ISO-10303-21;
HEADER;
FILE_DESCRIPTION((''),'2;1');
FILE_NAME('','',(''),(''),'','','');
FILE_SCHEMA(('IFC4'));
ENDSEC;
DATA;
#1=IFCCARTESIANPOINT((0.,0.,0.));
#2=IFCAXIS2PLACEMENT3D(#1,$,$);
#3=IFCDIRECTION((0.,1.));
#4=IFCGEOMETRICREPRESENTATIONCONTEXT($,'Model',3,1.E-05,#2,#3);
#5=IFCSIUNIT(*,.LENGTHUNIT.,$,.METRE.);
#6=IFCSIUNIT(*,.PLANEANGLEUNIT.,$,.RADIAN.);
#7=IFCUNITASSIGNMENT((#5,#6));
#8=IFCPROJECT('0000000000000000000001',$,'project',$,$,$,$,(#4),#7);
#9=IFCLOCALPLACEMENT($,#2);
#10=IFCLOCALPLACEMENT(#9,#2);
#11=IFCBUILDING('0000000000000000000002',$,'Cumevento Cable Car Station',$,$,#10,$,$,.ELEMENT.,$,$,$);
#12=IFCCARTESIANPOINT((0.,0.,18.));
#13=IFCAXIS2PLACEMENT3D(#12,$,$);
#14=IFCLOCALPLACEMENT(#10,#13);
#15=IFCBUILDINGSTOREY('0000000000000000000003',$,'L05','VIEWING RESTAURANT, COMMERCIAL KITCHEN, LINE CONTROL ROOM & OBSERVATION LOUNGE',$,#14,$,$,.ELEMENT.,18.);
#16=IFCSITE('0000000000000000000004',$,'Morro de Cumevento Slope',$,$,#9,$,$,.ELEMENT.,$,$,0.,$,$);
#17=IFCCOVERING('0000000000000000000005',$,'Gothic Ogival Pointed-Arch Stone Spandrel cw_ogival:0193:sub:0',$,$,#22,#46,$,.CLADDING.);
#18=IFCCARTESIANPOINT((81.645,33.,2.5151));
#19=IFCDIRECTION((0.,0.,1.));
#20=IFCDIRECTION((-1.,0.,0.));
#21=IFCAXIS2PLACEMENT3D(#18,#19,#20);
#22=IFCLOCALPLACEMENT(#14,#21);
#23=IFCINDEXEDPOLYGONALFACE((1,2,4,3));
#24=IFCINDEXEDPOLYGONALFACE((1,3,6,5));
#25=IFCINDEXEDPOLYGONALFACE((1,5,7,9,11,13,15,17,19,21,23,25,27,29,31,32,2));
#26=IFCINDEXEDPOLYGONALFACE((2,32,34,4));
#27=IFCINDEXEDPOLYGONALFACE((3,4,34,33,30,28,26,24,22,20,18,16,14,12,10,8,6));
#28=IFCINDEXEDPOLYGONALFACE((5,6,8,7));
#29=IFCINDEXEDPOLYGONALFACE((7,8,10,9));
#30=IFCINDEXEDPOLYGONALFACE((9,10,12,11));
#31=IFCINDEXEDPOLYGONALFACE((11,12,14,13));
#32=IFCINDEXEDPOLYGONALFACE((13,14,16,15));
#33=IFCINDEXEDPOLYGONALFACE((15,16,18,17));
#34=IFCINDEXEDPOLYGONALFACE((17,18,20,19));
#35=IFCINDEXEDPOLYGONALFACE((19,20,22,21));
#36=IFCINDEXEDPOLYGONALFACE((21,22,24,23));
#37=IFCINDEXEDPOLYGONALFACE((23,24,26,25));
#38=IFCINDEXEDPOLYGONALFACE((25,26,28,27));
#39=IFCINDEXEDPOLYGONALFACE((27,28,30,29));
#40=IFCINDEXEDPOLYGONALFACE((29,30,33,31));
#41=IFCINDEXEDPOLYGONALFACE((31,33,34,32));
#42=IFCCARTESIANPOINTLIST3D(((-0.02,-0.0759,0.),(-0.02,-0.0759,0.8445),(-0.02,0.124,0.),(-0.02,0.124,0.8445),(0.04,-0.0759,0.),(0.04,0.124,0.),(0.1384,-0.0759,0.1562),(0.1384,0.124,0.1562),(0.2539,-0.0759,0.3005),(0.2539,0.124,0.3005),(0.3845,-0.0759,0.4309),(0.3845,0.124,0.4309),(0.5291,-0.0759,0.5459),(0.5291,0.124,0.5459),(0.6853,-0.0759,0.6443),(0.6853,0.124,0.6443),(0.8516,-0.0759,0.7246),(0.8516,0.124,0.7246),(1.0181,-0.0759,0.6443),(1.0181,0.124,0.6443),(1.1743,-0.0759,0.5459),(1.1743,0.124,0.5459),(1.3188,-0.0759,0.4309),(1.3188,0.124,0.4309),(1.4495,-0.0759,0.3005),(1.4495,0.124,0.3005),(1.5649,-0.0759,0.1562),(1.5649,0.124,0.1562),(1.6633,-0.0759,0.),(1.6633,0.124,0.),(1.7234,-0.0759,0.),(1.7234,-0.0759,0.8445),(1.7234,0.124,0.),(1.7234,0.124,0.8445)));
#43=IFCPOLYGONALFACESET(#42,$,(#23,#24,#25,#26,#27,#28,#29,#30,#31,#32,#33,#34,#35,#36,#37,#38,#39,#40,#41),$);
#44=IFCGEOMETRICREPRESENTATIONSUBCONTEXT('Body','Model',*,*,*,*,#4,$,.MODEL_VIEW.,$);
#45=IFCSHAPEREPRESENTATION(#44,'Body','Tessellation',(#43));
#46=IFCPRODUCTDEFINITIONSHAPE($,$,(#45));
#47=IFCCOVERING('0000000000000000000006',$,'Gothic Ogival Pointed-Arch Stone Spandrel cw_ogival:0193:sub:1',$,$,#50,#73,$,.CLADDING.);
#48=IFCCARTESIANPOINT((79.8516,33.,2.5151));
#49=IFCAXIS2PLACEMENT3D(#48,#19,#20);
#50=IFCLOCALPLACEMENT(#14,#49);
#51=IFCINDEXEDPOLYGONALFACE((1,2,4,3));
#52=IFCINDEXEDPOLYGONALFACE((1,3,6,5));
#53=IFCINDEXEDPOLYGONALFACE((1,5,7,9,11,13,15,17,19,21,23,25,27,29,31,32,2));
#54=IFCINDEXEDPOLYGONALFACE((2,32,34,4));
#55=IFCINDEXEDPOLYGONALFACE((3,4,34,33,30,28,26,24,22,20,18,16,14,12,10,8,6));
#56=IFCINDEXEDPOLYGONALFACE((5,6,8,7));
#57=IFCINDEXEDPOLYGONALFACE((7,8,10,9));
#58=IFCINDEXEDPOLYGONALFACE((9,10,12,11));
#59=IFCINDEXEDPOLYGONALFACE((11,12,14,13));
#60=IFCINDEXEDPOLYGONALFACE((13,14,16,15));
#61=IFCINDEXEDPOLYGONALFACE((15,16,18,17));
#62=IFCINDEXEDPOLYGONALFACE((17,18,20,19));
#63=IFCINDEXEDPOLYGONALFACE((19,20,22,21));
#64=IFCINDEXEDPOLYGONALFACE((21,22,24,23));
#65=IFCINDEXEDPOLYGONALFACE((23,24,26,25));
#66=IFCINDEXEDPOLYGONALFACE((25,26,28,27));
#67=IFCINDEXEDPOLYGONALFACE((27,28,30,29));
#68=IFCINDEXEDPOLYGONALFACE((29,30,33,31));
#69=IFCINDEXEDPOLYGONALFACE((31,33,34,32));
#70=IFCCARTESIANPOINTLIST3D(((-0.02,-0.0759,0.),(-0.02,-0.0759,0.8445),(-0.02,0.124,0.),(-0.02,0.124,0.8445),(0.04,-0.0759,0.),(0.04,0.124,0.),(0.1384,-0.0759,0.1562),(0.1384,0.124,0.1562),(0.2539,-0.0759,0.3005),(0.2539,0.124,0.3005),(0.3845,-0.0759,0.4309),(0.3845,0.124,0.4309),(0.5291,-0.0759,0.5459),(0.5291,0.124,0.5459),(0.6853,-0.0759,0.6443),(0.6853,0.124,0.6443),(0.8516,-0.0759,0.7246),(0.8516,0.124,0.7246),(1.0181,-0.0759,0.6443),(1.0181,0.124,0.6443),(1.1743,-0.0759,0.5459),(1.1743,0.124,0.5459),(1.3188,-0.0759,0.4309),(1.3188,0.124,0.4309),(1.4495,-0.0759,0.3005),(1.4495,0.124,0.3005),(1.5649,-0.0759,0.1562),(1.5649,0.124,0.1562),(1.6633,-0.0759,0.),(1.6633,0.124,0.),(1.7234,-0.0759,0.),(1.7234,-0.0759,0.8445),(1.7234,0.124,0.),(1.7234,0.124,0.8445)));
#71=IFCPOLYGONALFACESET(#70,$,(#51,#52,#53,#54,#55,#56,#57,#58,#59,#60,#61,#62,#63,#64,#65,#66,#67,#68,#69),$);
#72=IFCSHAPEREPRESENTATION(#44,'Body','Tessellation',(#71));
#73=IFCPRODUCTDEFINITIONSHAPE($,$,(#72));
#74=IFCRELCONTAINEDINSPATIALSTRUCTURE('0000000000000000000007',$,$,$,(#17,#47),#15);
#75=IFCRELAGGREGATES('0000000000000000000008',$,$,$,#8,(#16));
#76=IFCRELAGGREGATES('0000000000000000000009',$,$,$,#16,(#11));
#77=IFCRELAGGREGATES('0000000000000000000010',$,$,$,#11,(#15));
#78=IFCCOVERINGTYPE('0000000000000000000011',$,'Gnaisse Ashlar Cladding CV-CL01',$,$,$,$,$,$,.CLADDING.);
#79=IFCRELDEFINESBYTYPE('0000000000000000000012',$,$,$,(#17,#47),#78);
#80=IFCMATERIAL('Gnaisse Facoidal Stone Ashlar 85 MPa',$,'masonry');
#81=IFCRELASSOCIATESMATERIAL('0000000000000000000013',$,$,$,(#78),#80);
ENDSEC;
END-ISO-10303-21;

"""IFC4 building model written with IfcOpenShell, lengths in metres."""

from ifc_helpers import new_model, si_unit, direction, frame, origin, place, context, subcontext, project, spatial, polyline, outline, extrude, material, type_object, element, save


model = new_model("IFC4")

# Units and contexts
model_context = context("Model", 3, precision=1e-05, world=origin(), true_north=direction((0.0, 1.0)))
body_context = subcontext(model_context, "Body", "Model", "MODEL_VIEW")
ifc_project = project(units=[si_unit("LENGTHUNIT", "METRE"), si_unit("PLANEANGLEUNIT", "RADIAN")], contexts=[model_context])

# Site, building, storey
site_placement = place(None, origin())
site = spatial("IfcSite", under=ifc_project, at=site_placement, Name="Morro de Cumevento Slope", CompositionType="ELEMENT", RefElevation=0.0)
building_placement = place(site_placement, origin())
building = spatial("IfcBuilding", under=site, at=building_placement, Name="Cumevento Cable Car Station", CompositionType="ELEMENT")
storey_placement = place(building_placement, frame((0.0, 0.0, 18.0)))
storey = spatial("IfcBuildingStorey", under=building, at=storey_placement, Name="L05", Description="VIEWING RESTAURANT, COMMERCIAL KITCHEN, LINE CONTROL ROOM & OBSERVATION LOUNGE", CompositionType="ELEMENT", Elevation=18.0)

# Coverings
ifc_material_1 = material(Name="Gnaisse Facoidal Stone Ashlar 85 MPa", Category="masonry")
covering_type = type_object("IfcCoveringType", Name="Gnaisse Ashlar Cladding CV-CL01", PredefinedType="CLADDING", material=ifc_material_1)
for number, where, z_axis, x_axis, name in (
    (1, (81.645, 33.0, 2.5151), (0.0, 0.0, 1.0), (-1.0, 0.0, 0.0), "Gothic Ogival Pointed-Arch Stone Spandrel cw_ogival:0193:sub:0"),
    (2, (79.8516, 33.0, 2.5151), (0.0, 0.0, 1.0), (-1.0, 0.0, 0.0), "Gothic Ogival Pointed-Arch Stone Spandrel cw_ogival:0193:sub:1"),
):
    element("IfcCovering", number, at=place(storey_placement, frame(where, z_axis=z_axis, x_axis=x_axis)), inside=storey, type_object=covering_type, Name=name, PredefinedType="CLADDING", context=body_context, shape_type="SweptSolid", body=[
        extrude(outline(polyline([(-0.02, 0.0), (-0.02, 0.8445), (1.7234, 0.8445), (1.7234, 0.0), (1.6633, 0.0), (1.5649, 0.1562), (1.4495, 0.3005), (1.3188, 0.4309), (1.1743, 0.5459), (1.0181, 0.6443), (0.8516, 0.7246), (0.6853, 0.6443), (0.5291, 0.5459), (0.3845, 0.4309), (0.2539, 0.3005), (0.1384, 0.1562), (0.04, 0.0), (-0.02, 0.0)])), frame((0.0, 0.124, 0.0), z_axis=(0.0, -1.0, 0.0), x_axis=(1.0, 0.0, 0.0)), (0.0, 0.0, 1.0), 0.2),
    ])

save(model, "model.ifc")
